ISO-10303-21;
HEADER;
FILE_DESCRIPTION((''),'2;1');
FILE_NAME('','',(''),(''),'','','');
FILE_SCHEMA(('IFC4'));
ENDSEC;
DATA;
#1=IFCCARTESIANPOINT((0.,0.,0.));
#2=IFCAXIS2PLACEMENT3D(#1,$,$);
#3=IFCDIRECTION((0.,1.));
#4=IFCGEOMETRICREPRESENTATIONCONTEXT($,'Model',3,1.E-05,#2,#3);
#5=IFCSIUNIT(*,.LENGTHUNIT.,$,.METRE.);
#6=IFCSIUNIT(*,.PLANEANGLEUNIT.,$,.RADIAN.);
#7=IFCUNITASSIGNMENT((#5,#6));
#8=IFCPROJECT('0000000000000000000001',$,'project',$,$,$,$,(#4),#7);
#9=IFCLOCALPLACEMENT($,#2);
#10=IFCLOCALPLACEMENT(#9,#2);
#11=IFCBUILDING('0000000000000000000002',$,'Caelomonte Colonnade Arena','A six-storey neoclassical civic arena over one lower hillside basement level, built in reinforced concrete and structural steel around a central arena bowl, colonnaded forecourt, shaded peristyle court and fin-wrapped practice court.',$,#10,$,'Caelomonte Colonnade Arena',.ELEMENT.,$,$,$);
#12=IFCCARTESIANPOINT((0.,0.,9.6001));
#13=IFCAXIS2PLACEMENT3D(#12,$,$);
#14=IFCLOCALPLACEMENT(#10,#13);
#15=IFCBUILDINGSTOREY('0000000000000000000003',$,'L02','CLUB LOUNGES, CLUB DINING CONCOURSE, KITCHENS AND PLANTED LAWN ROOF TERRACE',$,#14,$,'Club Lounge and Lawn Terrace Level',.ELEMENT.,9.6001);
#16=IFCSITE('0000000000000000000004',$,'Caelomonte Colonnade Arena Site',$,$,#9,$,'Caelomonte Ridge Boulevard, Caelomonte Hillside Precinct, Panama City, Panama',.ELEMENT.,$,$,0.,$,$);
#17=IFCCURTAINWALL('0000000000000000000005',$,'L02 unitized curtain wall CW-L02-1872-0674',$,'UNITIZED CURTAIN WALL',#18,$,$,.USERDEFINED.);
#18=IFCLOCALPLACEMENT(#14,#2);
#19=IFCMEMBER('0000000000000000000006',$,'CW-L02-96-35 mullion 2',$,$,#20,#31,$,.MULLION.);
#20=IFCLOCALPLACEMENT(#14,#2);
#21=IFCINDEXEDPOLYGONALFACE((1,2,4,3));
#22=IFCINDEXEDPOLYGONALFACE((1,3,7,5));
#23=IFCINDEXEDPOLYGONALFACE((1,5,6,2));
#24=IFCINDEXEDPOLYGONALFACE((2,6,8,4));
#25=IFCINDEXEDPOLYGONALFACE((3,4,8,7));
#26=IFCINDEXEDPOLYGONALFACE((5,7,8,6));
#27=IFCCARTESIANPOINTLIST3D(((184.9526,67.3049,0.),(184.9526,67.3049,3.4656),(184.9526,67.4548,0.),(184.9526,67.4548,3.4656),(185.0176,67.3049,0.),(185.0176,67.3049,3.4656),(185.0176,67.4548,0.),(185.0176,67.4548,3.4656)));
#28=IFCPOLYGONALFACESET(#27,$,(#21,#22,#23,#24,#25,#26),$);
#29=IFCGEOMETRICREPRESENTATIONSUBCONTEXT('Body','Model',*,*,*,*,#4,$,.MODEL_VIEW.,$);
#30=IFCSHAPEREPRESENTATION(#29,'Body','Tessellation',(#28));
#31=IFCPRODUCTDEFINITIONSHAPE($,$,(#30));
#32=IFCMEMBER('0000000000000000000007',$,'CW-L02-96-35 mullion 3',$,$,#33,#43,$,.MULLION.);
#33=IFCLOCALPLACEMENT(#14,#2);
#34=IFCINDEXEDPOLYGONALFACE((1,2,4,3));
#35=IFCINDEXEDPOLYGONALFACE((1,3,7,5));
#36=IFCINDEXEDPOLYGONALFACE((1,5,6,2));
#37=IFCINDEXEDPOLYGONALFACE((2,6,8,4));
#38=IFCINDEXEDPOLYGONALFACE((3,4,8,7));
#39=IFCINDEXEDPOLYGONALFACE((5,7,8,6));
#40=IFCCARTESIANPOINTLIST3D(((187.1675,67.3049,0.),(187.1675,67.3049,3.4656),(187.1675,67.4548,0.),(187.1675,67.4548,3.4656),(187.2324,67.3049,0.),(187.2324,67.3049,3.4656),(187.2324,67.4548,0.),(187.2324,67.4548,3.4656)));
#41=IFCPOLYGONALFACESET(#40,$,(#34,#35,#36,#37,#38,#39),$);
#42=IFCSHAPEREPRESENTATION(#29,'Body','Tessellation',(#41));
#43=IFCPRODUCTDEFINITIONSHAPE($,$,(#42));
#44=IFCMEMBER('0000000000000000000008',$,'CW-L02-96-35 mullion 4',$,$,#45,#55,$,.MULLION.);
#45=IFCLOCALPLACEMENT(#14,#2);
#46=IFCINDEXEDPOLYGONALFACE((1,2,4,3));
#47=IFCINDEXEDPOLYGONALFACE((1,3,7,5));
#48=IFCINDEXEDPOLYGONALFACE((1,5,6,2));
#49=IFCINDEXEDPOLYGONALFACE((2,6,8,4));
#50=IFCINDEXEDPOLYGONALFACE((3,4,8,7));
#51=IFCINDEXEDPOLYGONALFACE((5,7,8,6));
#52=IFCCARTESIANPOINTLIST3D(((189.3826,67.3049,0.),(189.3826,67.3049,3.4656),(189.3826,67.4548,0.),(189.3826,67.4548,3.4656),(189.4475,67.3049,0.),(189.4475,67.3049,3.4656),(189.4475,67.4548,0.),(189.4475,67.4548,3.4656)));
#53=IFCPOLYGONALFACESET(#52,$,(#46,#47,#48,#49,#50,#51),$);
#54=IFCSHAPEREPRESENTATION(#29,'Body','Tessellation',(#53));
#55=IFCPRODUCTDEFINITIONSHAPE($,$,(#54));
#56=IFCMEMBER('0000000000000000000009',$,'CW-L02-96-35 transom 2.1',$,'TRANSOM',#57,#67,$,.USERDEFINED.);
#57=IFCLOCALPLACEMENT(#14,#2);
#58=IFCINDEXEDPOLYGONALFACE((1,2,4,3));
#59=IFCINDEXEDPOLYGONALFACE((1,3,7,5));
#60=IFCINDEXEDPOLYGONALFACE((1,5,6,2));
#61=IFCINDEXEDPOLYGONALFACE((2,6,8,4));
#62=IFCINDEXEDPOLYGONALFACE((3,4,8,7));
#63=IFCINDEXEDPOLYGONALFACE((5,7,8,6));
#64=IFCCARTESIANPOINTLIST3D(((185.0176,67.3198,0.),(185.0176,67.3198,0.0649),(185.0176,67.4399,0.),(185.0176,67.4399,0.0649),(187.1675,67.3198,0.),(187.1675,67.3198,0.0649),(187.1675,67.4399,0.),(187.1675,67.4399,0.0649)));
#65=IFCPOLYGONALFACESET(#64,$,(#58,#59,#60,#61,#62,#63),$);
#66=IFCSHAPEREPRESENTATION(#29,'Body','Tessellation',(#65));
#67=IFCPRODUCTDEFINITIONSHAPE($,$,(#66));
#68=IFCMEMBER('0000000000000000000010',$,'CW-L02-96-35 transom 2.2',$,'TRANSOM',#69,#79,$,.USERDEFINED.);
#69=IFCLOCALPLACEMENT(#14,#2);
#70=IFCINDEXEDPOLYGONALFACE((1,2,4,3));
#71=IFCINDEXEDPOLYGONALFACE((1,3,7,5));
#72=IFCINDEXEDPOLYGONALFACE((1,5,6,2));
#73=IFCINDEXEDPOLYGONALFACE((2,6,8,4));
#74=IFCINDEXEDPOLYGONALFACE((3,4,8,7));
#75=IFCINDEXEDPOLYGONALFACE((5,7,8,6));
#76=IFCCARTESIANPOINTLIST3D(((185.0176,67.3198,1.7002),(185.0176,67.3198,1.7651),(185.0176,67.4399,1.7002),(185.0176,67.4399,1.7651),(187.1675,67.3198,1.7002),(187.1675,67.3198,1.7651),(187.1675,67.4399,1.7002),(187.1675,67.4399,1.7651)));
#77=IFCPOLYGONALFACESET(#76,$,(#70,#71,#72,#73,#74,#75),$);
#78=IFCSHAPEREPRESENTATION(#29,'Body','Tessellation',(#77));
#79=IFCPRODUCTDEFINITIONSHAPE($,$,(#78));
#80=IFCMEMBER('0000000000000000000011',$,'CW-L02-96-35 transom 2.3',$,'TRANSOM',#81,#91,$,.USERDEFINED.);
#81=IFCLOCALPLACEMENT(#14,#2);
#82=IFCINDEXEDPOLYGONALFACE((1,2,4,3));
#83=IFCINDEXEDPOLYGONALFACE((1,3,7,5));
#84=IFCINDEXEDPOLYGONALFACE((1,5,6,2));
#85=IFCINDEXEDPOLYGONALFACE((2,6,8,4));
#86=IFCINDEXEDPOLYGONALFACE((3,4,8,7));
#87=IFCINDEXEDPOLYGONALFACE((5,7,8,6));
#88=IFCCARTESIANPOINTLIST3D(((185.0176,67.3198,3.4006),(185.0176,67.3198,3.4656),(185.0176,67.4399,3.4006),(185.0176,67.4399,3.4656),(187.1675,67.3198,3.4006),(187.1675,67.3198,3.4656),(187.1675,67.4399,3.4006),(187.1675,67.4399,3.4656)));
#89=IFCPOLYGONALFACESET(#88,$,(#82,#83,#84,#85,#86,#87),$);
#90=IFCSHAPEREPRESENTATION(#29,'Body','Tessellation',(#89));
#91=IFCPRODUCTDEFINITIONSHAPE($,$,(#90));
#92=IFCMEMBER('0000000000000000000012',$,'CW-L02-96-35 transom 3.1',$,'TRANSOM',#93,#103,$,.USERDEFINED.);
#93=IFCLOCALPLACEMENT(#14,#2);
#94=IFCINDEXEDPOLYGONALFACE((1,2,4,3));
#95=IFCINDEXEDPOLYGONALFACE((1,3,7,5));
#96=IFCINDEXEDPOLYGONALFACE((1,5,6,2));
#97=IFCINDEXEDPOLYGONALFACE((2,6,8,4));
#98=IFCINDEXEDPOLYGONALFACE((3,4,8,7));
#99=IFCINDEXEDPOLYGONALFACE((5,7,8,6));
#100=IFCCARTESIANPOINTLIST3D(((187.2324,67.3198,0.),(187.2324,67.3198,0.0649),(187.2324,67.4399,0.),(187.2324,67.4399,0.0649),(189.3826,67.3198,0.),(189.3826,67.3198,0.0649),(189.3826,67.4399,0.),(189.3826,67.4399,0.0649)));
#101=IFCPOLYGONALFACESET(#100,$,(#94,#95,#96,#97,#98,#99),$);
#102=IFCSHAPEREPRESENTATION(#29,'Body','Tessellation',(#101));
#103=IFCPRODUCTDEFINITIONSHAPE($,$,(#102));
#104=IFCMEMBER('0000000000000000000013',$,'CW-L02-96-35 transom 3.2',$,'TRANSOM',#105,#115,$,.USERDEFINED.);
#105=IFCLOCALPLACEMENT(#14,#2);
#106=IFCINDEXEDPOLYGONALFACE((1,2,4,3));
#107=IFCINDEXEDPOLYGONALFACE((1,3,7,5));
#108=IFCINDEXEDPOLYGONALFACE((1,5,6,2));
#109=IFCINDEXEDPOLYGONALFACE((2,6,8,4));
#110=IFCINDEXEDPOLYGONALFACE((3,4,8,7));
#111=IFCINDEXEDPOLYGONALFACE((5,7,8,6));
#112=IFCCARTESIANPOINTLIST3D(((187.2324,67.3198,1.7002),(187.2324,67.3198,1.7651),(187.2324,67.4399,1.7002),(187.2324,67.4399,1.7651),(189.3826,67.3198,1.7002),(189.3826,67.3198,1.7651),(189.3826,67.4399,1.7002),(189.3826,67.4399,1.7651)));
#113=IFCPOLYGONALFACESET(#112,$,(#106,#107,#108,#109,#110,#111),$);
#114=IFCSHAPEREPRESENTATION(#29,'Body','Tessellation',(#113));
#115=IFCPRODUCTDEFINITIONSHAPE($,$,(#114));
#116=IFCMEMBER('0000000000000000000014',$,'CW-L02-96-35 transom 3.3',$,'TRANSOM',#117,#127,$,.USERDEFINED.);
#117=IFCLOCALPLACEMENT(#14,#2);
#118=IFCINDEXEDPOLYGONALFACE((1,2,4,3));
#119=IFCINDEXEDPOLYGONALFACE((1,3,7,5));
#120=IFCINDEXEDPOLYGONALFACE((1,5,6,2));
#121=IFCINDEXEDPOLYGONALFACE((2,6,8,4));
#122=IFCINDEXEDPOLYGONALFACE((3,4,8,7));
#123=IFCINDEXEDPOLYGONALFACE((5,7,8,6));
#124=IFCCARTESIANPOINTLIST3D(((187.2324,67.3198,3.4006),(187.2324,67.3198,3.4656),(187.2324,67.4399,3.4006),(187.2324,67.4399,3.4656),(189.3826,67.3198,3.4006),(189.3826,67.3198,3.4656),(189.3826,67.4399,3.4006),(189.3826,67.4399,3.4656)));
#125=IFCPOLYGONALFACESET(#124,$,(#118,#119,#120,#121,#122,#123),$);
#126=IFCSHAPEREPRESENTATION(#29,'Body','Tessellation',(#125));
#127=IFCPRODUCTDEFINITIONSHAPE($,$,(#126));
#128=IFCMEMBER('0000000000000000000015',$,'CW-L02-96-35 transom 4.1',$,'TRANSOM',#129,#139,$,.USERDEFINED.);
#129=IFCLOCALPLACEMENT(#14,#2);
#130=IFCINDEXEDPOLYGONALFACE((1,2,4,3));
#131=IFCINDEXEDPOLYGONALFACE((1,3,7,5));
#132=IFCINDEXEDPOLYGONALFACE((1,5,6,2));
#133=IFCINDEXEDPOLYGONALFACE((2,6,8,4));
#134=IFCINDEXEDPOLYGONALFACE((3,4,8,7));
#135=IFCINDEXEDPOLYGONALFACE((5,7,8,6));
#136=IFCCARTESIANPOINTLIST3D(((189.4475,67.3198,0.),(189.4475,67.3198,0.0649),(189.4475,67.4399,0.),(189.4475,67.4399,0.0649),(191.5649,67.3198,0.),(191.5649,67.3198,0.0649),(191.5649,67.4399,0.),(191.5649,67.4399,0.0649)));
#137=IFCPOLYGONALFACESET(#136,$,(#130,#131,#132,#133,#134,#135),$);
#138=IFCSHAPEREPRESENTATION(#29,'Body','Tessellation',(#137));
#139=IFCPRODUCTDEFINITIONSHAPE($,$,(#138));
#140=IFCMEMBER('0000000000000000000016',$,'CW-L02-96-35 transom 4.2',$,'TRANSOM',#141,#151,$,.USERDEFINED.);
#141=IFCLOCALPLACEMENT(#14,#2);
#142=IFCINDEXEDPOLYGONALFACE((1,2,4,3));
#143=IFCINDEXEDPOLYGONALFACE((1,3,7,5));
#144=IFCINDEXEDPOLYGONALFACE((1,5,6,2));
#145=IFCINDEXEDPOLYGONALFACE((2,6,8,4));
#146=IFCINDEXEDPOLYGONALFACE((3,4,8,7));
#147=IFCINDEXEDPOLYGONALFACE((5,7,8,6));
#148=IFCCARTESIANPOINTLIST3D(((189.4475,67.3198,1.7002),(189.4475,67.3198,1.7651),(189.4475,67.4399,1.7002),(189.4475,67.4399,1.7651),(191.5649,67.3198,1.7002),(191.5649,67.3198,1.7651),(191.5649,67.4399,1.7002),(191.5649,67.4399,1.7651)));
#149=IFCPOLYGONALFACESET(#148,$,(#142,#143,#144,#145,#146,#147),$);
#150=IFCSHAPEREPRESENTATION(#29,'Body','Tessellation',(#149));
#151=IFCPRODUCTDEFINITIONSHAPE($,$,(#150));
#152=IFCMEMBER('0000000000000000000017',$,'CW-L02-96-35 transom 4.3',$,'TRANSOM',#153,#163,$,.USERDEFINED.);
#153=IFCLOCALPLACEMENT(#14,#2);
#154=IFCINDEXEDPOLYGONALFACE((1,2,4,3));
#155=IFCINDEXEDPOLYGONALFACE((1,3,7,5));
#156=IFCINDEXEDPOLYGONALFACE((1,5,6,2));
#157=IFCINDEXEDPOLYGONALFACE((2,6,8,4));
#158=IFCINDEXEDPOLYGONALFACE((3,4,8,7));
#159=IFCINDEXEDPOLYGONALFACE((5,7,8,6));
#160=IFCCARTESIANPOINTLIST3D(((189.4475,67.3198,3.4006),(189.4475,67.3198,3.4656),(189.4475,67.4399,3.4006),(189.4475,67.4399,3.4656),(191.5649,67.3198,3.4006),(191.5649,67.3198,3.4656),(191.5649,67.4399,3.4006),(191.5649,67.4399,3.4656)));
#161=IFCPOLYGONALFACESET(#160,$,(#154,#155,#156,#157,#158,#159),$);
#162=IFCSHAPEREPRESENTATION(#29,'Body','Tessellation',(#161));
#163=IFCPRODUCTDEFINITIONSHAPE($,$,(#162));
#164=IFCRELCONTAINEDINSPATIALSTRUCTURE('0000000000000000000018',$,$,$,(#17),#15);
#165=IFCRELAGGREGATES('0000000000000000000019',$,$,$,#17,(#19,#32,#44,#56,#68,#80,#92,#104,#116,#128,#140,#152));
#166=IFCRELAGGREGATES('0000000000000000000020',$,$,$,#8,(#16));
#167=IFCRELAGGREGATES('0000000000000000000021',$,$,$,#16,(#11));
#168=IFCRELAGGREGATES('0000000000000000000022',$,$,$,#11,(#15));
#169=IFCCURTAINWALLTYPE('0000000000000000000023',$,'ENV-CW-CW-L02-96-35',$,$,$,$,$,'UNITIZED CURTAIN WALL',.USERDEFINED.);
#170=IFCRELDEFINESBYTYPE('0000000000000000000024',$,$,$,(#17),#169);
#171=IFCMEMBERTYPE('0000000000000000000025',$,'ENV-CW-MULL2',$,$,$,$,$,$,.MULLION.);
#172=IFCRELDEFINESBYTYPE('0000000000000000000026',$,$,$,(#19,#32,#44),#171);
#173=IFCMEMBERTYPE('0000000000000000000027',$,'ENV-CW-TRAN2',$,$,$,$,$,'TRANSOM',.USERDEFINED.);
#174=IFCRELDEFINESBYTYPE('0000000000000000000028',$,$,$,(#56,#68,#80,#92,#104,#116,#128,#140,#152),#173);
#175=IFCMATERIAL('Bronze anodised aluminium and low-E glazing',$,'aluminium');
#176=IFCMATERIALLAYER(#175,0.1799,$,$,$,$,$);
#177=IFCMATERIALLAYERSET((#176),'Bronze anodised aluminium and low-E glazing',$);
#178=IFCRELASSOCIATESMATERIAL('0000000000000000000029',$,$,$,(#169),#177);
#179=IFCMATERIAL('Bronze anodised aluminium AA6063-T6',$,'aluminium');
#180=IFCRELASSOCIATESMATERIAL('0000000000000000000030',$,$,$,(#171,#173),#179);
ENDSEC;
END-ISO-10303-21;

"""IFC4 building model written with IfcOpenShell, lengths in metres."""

from ifc_helpers import new_model, si_unit, direction, frame, origin, origin_2d, place, context, subcontext, project, spatial, rectangle, extrude, material, layer, layer_set, material_profile, profile_set, type_object, element, aggregate, save


model = new_model("IFC4")

# Units and contexts
model_context = context("Model", 3, precision=1e-05, world=origin(), true_north=direction((0.0, 1.0)))
body_context = subcontext(model_context, "Body", "Model", "MODEL_VIEW")
ifc_project = project(units=[si_unit("LENGTHUNIT", "METRE"), si_unit("PLANEANGLEUNIT", "RADIAN")], contexts=[model_context])

# Site, building, storey
site_placement = place(None, origin())
site = spatial("IfcSite", under=ifc_project, at=site_placement, Name="Caelomonte Colonnade Arena Site", LongName="Caelomonte Ridge Boulevard, Caelomonte Hillside Precinct, Panama City, Panama", CompositionType="ELEMENT", RefElevation=0.0)
building_placement = place(site_placement, origin())
building = spatial("IfcBuilding", under=site, at=building_placement, Name="Caelomonte Colonnade Arena", Description="A six-storey neoclassical civic arena over one lower hillside basement level, built in reinforced concrete and structural steel around a central arena bowl, colonnaded forecourt, shaded peristyle court and fin-wrapped practice court.", LongName="Caelomonte Colonnade Arena", CompositionType="ELEMENT")
storey_placement = place(building_placement, frame((0.0, 0.0, 9.6001)))
storey = spatial("IfcBuildingStorey", under=building, at=storey_placement, Name="L02", Description="CLUB LOUNGES, CLUB DINING CONCOURSE, KITCHENS AND PLANTED LAWN ROOF TERRACE", LongName="Club Lounge and Lawn Terrace Level", CompositionType="ELEMENT", Elevation=9.6001)

# Curtain wall, members
ifc_material_1 = material(Name="Bronze anodised aluminium and low-E glazing", Category="aluminium")
ifc_layer_1 = layer(ifc_material_1, 0.1799)
ifc_layer_set_1 = layer_set([ifc_layer_1], Name="Bronze anodised aluminium and low-E glazing")
curtain_wall_type = type_object("IfcCurtainWallType", Name="ENV-CW-CW-L02-96-35", ElementType="UNITIZED CURTAIN WALL", PredefinedType="USERDEFINED", material=ifc_layer_set_1)
curtain_wall_placement = place(storey_placement, origin())
curtain_wall = element("IfcCurtainWall", 1, at=curtain_wall_placement, inside=storey, type_object=curtain_wall_type, Name="L02 unitized curtain wall CW-L02-1872-0674", ObjectType="UNITIZED CURTAIN WALL", PredefinedType="USERDEFINED")
ifc_material_2 = material(Name="Bronze anodised aluminium AA6063-T6", Category="aluminium")
ifc_material_profile_1 = material_profile(ifc_material_2, rectangle(XDim=0.0649, YDim=0.1499, at=origin_2d()), Name="CWM-65X150")
ifc_profile_set_1 = profile_set([ifc_material_profile_1], Name="Bronze anodised aluminium AA6063-T6")
member_type_1 = type_object("IfcMemberType", Name="ENV-CW-MULL2", PredefinedType="MULLION", material=ifc_profile_set_1)
member_1_placement = place(storey_placement, frame((184.9851, 67.3799, 0.0), z_axis=(0.0, 0.0, 1.0), x_axis=(1.0, 0.0, 0.0)))
member_1 = element("IfcMember", 2, at=member_1_placement, type_object=member_type_1, Name="CW-L02-96-35 mullion 2", PredefinedType="MULLION", context=body_context, shape_type="SweptSolid", body=[
    extrude(rectangle(XDim=0.0649, YDim=0.1499, at=origin_2d()), origin(), (0.0, 0.0, 1.0), 3.4656),
])
member_2_placement = place(storey_placement, frame((187.2, 67.3799, 0.0), z_axis=(0.0, 0.0, 1.0), x_axis=(1.0, 0.0, 0.0)))
member_2 = element("IfcMember", 3, at=member_2_placement, type_object=member_type_1, Name="CW-L02-96-35 mullion 3", PredefinedType="MULLION", context=body_context, shape_type="SweptSolid", body=[
    extrude(rectangle(XDim=0.0649, YDim=0.1499, at=origin_2d()), origin(), (0.0, 0.0, 1.0), 3.4656),
])
member_3_placement = place(storey_placement, frame((189.415, 67.3799, 0.0), z_axis=(0.0, 0.0, 1.0), x_axis=(1.0, 0.0, 0.0)))
member_3 = element("IfcMember", 4, at=member_3_placement, type_object=member_type_1, Name="CW-L02-96-35 mullion 4", PredefinedType="MULLION", context=body_context, shape_type="SweptSolid", body=[
    extrude(rectangle(XDim=0.0649, YDim=0.1499, at=origin_2d()), origin(), (0.0, 0.0, 1.0), 3.4656),
])
ifc_material_profile_2 = material_profile(ifc_material_2, rectangle(XDim=0.0649, YDim=0.1201, at=origin_2d()), Name="CWT-65X120")
ifc_profile_set_2 = profile_set([ifc_material_profile_2], Name="Bronze anodised aluminium AA6063-T6")
member_type_2 = type_object("IfcMemberType", Name="ENV-CW-TRAN2", ElementType="TRANSOM", PredefinedType="USERDEFINED", material=ifc_profile_set_2)
member_4_placement = place(storey_placement, frame((185.0176, 67.3799, 0.0325), z_axis=(1.0, 0.0, 0.0), x_axis=(0.0, 0.0, 1.0)))
member_4 = element("IfcMember", 5, at=member_4_placement, type_object=member_type_2, Name="CW-L02-96-35 transom 2.1", ObjectType="TRANSOM", PredefinedType="USERDEFINED", context=body_context, shape_type="SweptSolid", body=[
    extrude(rectangle(XDim=0.0649, YDim=0.1201, at=origin_2d()), origin(), (0.0, 0.0, 1.0), 2.1499),
])
member_5_placement = place(storey_placement, frame((185.0176, 67.3799, 1.7327), z_axis=(1.0, 0.0, 0.0), x_axis=(0.0, 0.0, 1.0)))
member_5 = element("IfcMember", 6, at=member_5_placement, type_object=member_type_2, Name="CW-L02-96-35 transom 2.2", ObjectType="TRANSOM", PredefinedType="USERDEFINED", context=body_context, shape_type="SweptSolid", body=[
    extrude(rectangle(XDim=0.0649, YDim=0.1201, at=origin_2d()), origin(), (0.0, 0.0, 1.0), 2.1499),
])
member_6_placement = place(storey_placement, frame((185.0176, 67.3799, 3.4331), z_axis=(1.0, 0.0, 0.0), x_axis=(0.0, 0.0, 1.0)))
member_6 = element("IfcMember", 7, at=member_6_placement, type_object=member_type_2, Name="CW-L02-96-35 transom 2.3", ObjectType="TRANSOM", PredefinedType="USERDEFINED", context=body_context, shape_type="SweptSolid", body=[
    extrude(rectangle(XDim=0.0649, YDim=0.1201, at=origin_2d()), origin(), (0.0, 0.0, 1.0), 2.1499),
])
member_7_placement = place(storey_placement, frame((187.2324, 67.3799, 0.0325), z_axis=(1.0, 0.0, 0.0), x_axis=(0.0, 0.0, 1.0)))
member_7 = element("IfcMember", 8, at=member_7_placement, type_object=member_type_2, Name="CW-L02-96-35 transom 3.1", ObjectType="TRANSOM", PredefinedType="USERDEFINED", context=body_context, shape_type="SweptSolid", body=[
    extrude(rectangle(XDim=0.0649, YDim=0.1201, at=origin_2d()), origin(), (0.0, 0.0, 1.0), 2.1501),
])
member_8_placement = place(storey_placement, frame((187.2324, 67.3799, 1.7327), z_axis=(1.0, 0.0, 0.0), x_axis=(0.0, 0.0, 1.0)))
member_8 = element("IfcMember", 9, at=member_8_placement, type_object=member_type_2, Name="CW-L02-96-35 transom 3.2", ObjectType="TRANSOM", PredefinedType="USERDEFINED", context=body_context, shape_type="SweptSolid", body=[
    extrude(rectangle(XDim=0.0649, YDim=0.1201, at=origin_2d()), origin(), (0.0, 0.0, 1.0), 2.1501),
])
member_9_placement = place(storey_placement, frame((187.2324, 67.3799, 3.4331), z_axis=(1.0, 0.0, 0.0), x_axis=(0.0, 0.0, 1.0)))
member_9 = element("IfcMember", 10, at=member_9_placement, type_object=member_type_2, Name="CW-L02-96-35 transom 3.3", ObjectType="TRANSOM", PredefinedType="USERDEFINED", context=body_context, shape_type="SweptSolid", body=[
    extrude(rectangle(XDim=0.0649, YDim=0.1201, at=origin_2d()), origin(), (0.0, 0.0, 1.0), 2.1501),
])
member_10_placement = place(storey_placement, frame((189.4475, 67.3799, 0.0325), z_axis=(1.0, 0.0, 0.0), x_axis=(0.0, 0.0, 1.0)))
member_10 = element("IfcMember", 11, at=member_10_placement, type_object=member_type_2, Name="CW-L02-96-35 transom 4.1", ObjectType="TRANSOM", PredefinedType="USERDEFINED", context=body_context, shape_type="SweptSolid", body=[
    extrude(rectangle(XDim=0.0649, YDim=0.1201, at=origin_2d()), origin(), (0.0, 0.0, 1.0), 2.1174),
])
member_11_placement = place(storey_placement, frame((189.4475, 67.3799, 1.7327), z_axis=(1.0, 0.0, 0.0), x_axis=(0.0, 0.0, 1.0)))
member_11 = element("IfcMember", 12, at=member_11_placement, type_object=member_type_2, Name="CW-L02-96-35 transom 4.2", ObjectType="TRANSOM", PredefinedType="USERDEFINED", context=body_context, shape_type="SweptSolid", body=[
    extrude(rectangle(XDim=0.0649, YDim=0.1201, at=origin_2d()), origin(), (0.0, 0.0, 1.0), 2.1174),
])
member_12_placement = place(storey_placement, frame((189.4475, 67.3799, 3.4331), z_axis=(1.0, 0.0, 0.0), x_axis=(0.0, 0.0, 1.0)))
member_12 = element("IfcMember", 13, at=member_12_placement, type_object=member_type_2, Name="CW-L02-96-35 transom 4.3", ObjectType="TRANSOM", PredefinedType="USERDEFINED", context=body_context, shape_type="SweptSolid", body=[
    extrude(rectangle(XDim=0.0649, YDim=0.1201, at=origin_2d()), origin(), (0.0, 0.0, 1.0), 2.1174),
])

aggregate(curtain_wall, [member_1, member_2, member_3, member_4, member_5, member_6, member_7, member_8, member_9, member_10, member_11, member_12])

save(model, "model.ifc")
